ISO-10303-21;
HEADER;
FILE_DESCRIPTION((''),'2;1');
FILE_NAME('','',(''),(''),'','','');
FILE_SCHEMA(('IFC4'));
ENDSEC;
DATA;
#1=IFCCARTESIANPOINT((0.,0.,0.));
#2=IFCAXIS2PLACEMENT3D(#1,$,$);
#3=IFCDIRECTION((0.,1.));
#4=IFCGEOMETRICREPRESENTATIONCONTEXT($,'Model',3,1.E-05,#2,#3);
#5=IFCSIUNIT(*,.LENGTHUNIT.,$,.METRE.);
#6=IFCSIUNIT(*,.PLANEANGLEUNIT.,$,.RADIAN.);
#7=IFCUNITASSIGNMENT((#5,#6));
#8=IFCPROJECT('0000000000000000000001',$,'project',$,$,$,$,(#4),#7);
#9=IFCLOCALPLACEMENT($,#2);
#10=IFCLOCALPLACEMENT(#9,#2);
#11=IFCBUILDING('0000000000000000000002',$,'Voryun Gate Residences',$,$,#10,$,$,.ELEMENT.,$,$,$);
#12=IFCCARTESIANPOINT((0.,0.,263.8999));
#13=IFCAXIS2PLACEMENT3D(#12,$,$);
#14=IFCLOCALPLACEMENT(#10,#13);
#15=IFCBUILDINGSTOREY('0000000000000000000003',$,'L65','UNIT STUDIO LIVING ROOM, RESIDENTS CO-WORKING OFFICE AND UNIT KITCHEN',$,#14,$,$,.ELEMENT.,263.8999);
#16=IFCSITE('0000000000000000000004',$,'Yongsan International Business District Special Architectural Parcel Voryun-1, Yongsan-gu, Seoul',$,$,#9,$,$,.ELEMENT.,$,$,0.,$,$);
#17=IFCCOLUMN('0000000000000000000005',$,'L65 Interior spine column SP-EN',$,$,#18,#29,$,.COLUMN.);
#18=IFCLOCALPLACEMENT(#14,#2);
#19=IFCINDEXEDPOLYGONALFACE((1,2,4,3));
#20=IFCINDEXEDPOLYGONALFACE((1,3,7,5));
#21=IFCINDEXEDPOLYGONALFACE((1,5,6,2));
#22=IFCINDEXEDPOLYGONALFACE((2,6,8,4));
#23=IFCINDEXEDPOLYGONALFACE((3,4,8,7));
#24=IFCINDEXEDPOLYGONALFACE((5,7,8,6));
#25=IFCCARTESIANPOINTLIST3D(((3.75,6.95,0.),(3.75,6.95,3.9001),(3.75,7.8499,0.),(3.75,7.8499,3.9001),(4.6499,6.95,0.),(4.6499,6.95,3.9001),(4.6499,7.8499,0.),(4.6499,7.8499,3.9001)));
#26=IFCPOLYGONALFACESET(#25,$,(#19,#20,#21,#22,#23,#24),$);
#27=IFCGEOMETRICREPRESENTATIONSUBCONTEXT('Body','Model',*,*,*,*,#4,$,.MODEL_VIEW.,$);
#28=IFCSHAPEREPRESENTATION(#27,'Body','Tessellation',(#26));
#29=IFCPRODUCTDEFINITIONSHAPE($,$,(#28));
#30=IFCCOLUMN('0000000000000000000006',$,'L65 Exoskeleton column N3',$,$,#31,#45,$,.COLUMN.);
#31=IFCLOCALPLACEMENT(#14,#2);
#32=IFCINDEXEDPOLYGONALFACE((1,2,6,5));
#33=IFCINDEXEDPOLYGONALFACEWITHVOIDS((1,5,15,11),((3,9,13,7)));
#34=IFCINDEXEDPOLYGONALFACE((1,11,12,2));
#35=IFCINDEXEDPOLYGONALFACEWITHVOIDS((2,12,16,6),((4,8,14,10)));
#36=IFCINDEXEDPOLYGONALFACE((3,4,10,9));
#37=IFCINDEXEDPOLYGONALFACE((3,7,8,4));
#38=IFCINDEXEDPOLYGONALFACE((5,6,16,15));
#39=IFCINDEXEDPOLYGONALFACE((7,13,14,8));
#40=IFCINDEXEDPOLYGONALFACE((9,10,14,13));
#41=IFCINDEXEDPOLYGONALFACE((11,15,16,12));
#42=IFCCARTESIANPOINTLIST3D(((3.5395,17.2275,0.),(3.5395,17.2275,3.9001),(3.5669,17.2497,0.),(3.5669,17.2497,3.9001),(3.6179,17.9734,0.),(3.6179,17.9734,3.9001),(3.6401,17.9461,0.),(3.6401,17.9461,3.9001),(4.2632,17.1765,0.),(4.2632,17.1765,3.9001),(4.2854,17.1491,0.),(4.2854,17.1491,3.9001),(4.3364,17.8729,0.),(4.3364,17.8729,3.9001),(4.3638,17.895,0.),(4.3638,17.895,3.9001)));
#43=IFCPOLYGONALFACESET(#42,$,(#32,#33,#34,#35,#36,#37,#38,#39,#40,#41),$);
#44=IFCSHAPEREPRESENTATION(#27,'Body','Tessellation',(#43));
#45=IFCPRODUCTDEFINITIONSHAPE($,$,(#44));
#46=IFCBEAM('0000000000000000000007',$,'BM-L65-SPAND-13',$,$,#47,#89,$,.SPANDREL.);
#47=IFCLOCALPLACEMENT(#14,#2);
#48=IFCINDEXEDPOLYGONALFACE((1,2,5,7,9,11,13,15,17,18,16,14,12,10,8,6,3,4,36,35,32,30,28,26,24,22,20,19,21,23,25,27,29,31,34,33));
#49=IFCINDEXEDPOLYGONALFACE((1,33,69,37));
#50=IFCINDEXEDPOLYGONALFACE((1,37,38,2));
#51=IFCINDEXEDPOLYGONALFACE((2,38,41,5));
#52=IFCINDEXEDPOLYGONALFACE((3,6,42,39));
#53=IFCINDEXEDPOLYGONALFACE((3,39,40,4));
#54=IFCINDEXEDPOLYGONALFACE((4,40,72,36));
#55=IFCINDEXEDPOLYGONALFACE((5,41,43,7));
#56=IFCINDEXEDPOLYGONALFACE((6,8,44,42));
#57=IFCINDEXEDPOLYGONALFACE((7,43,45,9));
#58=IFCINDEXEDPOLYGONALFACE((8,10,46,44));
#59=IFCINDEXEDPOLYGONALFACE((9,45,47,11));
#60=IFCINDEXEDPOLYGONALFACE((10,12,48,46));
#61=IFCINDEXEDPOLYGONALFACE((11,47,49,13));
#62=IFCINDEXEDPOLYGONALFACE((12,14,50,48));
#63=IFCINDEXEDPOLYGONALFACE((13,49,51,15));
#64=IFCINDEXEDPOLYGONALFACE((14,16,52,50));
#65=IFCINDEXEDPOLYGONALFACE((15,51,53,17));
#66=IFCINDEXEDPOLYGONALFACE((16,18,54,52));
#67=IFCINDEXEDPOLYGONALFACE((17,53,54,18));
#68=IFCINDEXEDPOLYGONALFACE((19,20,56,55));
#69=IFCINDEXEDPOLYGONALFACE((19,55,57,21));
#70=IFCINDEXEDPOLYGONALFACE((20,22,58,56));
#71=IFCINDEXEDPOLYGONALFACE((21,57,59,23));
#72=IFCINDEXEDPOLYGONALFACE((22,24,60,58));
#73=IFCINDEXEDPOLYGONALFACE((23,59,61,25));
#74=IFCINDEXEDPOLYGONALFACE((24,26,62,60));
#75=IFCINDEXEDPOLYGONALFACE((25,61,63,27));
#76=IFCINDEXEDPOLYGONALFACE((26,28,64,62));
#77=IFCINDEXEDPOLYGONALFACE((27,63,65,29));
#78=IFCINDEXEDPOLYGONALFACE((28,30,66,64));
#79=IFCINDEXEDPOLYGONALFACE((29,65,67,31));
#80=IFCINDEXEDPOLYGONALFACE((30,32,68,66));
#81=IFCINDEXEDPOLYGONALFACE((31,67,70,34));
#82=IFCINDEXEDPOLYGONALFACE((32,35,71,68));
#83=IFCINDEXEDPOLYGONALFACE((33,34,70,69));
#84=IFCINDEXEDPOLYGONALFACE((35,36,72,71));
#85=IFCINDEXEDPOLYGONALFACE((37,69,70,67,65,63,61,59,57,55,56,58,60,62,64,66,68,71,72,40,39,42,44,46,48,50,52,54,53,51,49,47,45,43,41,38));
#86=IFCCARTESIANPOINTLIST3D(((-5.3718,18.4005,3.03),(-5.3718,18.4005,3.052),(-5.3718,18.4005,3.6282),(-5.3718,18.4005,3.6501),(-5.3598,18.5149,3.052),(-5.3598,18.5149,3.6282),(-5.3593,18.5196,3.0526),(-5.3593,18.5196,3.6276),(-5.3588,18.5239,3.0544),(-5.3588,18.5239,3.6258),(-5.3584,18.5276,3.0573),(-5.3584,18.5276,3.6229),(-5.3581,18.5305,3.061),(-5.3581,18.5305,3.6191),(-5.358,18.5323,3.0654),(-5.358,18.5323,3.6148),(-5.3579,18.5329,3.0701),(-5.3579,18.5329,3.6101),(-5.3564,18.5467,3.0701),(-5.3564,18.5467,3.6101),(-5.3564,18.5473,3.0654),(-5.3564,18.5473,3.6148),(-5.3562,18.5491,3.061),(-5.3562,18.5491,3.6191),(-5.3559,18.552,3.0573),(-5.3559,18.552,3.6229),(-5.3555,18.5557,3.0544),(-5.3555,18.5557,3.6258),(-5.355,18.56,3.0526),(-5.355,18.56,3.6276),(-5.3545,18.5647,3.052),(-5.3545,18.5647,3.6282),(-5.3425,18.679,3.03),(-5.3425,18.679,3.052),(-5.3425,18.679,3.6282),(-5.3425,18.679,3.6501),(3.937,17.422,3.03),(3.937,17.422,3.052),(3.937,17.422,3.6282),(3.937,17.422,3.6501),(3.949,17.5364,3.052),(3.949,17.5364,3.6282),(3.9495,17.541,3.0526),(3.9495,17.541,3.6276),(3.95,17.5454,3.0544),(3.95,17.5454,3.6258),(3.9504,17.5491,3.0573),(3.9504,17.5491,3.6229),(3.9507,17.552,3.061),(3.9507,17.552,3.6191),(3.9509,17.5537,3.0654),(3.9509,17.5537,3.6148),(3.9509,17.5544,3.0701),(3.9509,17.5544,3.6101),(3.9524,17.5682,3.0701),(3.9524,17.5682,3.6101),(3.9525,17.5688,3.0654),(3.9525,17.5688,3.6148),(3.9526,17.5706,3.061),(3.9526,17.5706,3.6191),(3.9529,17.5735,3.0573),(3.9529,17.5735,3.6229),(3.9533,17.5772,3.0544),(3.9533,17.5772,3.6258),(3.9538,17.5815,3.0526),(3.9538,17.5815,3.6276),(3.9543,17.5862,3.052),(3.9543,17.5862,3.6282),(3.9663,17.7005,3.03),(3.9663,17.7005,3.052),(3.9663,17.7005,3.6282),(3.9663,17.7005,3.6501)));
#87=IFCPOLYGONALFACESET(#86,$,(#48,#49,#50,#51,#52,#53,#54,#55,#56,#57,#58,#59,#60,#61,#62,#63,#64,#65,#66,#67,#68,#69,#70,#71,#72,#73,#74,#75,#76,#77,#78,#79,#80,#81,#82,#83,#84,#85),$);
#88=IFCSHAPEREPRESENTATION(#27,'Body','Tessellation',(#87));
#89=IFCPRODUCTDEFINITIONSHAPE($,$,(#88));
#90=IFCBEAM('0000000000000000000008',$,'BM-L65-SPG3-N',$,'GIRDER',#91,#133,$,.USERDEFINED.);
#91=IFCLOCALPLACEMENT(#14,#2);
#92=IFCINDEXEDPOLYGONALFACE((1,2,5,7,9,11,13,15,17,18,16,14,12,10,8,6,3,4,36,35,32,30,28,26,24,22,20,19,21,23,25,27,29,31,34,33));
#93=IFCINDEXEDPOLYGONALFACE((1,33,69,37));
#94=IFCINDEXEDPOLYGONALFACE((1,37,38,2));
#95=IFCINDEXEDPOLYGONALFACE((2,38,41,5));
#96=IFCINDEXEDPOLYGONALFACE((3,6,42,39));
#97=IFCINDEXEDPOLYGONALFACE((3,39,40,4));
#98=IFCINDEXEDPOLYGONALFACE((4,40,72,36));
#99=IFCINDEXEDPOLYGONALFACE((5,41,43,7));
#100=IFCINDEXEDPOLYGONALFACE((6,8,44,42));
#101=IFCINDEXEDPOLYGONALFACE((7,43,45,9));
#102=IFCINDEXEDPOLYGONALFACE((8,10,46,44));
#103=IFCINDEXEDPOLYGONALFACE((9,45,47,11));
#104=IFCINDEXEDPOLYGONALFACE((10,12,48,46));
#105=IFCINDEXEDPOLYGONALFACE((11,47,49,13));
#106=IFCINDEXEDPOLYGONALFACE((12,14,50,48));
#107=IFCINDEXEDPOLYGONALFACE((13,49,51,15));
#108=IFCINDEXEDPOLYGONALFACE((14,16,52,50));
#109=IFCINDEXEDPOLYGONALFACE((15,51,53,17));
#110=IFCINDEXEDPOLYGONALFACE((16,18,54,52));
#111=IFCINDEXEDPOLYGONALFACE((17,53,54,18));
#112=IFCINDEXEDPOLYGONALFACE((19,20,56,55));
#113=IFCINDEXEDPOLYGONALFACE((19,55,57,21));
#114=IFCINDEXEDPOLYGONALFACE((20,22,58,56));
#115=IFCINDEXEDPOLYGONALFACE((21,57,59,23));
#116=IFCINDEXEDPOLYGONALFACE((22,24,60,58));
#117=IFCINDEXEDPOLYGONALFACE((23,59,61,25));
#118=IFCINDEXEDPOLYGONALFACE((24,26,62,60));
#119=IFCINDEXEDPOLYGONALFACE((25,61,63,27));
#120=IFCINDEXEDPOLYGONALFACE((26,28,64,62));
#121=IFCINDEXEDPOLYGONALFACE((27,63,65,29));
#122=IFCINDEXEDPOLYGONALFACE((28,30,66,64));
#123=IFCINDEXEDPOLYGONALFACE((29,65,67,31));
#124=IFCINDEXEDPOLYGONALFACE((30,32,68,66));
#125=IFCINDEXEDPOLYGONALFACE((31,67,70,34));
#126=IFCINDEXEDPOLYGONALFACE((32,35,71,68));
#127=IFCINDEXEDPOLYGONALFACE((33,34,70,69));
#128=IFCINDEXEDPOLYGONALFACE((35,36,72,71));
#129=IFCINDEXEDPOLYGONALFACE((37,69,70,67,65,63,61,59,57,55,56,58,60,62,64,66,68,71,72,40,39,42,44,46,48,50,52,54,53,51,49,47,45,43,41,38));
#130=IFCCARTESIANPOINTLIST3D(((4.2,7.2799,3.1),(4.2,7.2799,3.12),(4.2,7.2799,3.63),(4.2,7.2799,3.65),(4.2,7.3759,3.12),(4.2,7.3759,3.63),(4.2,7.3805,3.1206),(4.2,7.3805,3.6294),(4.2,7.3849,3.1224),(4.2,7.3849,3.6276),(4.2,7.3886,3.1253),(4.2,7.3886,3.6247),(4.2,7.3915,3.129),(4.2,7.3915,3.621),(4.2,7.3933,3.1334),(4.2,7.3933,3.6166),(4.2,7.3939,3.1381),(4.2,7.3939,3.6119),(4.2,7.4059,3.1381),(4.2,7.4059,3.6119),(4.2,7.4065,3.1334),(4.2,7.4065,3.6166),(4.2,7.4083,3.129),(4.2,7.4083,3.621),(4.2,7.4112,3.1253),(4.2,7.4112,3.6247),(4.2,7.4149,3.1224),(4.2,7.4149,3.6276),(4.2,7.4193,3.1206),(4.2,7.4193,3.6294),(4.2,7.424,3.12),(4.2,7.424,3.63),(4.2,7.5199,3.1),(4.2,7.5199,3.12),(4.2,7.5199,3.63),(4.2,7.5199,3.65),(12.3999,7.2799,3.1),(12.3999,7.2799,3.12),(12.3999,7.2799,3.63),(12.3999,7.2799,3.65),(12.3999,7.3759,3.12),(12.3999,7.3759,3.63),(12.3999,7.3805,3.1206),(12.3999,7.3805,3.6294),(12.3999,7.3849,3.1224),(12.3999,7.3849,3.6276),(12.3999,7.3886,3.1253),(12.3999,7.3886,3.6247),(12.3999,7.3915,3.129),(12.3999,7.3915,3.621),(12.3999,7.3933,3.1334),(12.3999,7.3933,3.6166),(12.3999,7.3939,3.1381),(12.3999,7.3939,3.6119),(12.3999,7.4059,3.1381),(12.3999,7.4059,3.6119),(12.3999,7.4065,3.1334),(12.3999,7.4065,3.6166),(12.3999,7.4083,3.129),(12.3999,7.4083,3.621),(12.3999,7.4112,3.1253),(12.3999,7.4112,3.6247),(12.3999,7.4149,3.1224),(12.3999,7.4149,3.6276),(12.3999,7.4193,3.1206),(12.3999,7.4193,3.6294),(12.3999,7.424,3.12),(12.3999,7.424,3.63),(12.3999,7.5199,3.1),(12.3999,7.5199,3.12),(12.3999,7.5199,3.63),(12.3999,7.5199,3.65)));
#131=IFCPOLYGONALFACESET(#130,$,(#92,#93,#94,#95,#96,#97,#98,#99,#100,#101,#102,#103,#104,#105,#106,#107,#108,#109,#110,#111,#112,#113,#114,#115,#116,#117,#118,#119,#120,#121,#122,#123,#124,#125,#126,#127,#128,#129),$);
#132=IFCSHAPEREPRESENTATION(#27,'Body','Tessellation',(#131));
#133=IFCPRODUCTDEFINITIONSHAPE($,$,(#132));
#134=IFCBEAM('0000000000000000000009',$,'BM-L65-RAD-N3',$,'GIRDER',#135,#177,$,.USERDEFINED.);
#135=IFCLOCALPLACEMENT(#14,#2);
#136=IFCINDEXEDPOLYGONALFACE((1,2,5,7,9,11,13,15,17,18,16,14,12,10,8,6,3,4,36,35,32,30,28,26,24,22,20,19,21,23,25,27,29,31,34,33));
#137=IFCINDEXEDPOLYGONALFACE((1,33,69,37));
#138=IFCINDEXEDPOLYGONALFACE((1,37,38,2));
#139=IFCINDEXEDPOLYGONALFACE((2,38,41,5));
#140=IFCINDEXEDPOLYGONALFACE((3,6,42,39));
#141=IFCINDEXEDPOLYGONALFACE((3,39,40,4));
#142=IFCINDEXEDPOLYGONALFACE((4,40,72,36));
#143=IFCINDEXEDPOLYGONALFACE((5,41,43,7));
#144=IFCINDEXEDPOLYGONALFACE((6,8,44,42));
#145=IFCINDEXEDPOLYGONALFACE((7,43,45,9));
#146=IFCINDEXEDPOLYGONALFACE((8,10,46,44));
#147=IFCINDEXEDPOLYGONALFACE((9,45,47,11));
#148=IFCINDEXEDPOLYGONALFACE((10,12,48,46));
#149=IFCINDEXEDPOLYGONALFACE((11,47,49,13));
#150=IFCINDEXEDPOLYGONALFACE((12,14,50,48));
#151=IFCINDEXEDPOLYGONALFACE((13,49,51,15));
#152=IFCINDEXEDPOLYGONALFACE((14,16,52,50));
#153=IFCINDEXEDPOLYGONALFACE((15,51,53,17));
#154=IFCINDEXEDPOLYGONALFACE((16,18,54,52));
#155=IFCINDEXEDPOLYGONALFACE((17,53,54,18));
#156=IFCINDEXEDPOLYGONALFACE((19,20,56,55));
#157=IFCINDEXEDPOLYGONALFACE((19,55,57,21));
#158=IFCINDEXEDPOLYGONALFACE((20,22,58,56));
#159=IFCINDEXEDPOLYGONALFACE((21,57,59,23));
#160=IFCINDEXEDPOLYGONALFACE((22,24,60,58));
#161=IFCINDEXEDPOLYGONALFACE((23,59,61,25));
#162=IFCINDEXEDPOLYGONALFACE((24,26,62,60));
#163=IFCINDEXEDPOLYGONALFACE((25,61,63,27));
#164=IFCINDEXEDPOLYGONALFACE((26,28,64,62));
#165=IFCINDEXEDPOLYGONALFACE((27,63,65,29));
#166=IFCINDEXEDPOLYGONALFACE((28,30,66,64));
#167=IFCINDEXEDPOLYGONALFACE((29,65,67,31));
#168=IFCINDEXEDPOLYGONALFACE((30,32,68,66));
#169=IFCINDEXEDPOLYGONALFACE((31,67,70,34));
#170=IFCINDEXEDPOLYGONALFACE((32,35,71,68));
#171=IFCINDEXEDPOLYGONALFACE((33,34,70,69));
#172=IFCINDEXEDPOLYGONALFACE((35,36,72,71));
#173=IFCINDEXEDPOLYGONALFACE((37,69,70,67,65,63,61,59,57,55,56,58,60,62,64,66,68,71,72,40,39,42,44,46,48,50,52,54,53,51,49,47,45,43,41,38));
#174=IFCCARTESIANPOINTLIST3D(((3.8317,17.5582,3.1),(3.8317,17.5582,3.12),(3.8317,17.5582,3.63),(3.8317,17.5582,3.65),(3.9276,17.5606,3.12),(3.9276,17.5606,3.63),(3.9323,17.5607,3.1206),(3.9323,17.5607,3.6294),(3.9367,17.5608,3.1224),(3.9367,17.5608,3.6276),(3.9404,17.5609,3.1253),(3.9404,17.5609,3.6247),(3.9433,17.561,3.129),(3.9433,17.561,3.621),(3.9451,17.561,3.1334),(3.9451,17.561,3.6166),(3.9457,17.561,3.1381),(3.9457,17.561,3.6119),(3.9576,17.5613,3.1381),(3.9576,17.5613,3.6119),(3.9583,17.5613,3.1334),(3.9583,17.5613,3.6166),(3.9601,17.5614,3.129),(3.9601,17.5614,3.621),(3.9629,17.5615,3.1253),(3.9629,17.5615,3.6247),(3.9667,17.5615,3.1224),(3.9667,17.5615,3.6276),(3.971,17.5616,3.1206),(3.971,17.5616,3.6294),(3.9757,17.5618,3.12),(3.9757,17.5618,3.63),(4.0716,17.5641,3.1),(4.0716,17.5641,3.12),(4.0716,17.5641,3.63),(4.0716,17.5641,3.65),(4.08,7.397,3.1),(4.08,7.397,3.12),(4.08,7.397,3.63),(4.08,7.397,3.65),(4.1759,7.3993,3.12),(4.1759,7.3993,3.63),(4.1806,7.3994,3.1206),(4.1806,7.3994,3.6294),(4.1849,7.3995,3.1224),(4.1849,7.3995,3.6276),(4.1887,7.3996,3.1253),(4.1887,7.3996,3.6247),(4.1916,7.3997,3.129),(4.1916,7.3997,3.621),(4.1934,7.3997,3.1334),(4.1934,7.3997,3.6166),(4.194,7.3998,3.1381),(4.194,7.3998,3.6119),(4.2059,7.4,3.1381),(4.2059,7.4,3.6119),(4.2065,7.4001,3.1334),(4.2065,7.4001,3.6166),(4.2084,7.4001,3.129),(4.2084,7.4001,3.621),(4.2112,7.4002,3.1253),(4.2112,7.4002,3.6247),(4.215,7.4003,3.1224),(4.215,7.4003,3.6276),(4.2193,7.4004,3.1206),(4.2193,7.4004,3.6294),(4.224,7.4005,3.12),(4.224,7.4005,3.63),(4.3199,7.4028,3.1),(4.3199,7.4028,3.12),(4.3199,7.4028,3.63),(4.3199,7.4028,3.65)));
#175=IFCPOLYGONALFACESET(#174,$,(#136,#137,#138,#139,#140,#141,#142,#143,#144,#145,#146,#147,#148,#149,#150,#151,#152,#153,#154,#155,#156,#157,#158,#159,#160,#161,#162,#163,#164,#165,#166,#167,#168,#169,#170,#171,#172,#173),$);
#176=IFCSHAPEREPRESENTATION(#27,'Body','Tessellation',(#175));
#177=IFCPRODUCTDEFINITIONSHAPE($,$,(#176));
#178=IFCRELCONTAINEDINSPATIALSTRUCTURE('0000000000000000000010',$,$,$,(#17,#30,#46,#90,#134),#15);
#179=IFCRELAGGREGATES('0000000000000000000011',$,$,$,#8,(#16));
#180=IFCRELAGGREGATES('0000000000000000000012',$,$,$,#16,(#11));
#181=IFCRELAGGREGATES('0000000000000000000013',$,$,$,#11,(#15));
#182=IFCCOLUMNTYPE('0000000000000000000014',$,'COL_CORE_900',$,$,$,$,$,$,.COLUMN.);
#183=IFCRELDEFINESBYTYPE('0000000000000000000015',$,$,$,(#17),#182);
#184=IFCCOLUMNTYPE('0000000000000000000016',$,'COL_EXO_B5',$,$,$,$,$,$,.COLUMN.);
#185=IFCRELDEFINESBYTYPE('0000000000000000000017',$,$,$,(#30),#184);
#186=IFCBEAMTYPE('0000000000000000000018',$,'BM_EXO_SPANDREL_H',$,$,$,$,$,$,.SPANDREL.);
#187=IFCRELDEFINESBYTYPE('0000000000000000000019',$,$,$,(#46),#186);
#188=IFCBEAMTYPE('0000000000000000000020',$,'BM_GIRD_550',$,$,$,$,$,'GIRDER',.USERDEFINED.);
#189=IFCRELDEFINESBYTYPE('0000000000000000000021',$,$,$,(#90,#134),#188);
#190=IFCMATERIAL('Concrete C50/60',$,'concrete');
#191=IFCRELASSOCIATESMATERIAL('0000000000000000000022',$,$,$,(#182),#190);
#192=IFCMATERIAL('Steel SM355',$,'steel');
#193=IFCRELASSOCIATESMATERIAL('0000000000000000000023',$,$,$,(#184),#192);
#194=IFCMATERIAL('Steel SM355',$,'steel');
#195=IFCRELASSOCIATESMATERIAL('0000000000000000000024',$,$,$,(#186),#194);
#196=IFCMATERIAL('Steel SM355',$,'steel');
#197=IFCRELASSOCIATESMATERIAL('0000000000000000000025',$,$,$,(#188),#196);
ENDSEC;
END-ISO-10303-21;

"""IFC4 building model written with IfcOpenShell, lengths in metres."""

from ifc_helpers import new_model, si_unit, direction, frame, origin, origin_2d, place, context, subcontext, project, spatial, rectangle, hollow_rectangle, i_section, extrude, material, material_profile, profile_set, type_object, element, save


model = new_model("IFC4")

# Units and contexts
model_context = context("Model", 3, precision=1e-05, world=origin(), true_north=direction((0.0, 1.0)))
body_context = subcontext(model_context, "Body", "Model", "MODEL_VIEW")
ifc_project = project(units=[si_unit("LENGTHUNIT", "METRE"), si_unit("PLANEANGLEUNIT", "RADIAN")], contexts=[model_context])

# Site, building, storey
site_placement = place(None, origin())
site = spatial("IfcSite", under=ifc_project, at=site_placement, Name="Yongsan International Business District Special Architectural Parcel Voryun-1, Yongsan-gu, Seoul", CompositionType="ELEMENT", RefElevation=0.0)
building_placement = place(site_placement, origin())
building = spatial("IfcBuilding", under=site, at=building_placement, Name="Voryun Gate Residences", CompositionType="ELEMENT")
storey_placement = place(building_placement, frame((0.0, 0.0, 263.8999)))
storey = spatial("IfcBuildingStorey", under=building, at=storey_placement, Name="L65", Description="UNIT STUDIO LIVING ROOM, RESIDENTS CO-WORKING OFFICE AND UNIT KITCHEN", CompositionType="ELEMENT", Elevation=263.8999)

# Columns
ifc_material_1 = material(Name="Concrete C50/60", Category="concrete")
ifc_material_profile_1 = material_profile(ifc_material_1, rectangle(XDim=0.8999, YDim=0.8999, at=origin_2d()), Name="RC-900x900")
ifc_profile_set_1 = profile_set([ifc_material_profile_1], Name="Concrete C50/60")
column_type_1 = type_object("IfcColumnType", Name="COL_CORE_900", PredefinedType="COLUMN", material=ifc_profile_set_1)
column_1_placement = place(storey_placement, frame((4.2, 7.3999, 0.0), z_axis=(0.0, 0.0, 1.0), x_axis=(1.0, 0.0, 0.0)))
element("IfcColumn", 1, at=column_1_placement, inside=storey, type_object=column_type_1, Name="L65 Interior spine column SP-EN", PredefinedType="COLUMN", context=body_context, shape_type="SweptSolid", body=[
    extrude(rectangle(XDim=0.8999, YDim=0.8999, at=origin_2d()), origin(), (0.0, 0.0, 1.0), 3.9001),
])
ifc_material_2 = material(Name="Steel SM355", Category="steel")
ifc_material_profile_2 = material_profile(ifc_material_2, hollow_rectangle(XDim=0.75, YDim=0.75, WallThickness=0.0249, at=origin_2d()), Name="BOX-750x750x25")
ifc_profile_set_2 = profile_set([ifc_material_profile_2], Name="Steel SM355")
column_type_2 = type_object("IfcColumnType", Name="COL_EXO_B5", PredefinedType="COLUMN", material=ifc_profile_set_2)
column_2_placement = place(storey_placement, frame((3.9517, 17.5613, 0.0), z_axis=(0.0, 0.0, 1.0), x_axis=(0.994522, -0.104528, 0.0)))
element("IfcColumn", 2, at=column_2_placement, inside=storey, type_object=column_type_2, Name="L65 Exoskeleton column N3", PredefinedType="COLUMN", context=body_context, shape_type="SweptSolid", body=[
    extrude(hollow_rectangle(XDim=0.75, YDim=0.75, WallThickness=0.0249, at=origin_2d()), origin(), (0.0, 0.0, 1.0), 3.9001),
])

# Beams
ifc_material_3 = material(Name="Steel SM355", Category="steel")
ifc_material_profile_3 = material_profile(ifc_material_3, i_section(OverallWidth=0.28, OverallDepth=0.6201, WebThickness=0.0139, FlangeThickness=0.022, FilletRadius=0.0181, at=origin_2d()), Name="H-620x280x14x22")
ifc_profile_set_3 = profile_set([ifc_material_profile_3], Name="Steel SM355")
beam_type_1 = type_object("IfcBeamType", Name="BM_EXO_SPANDREL_H", PredefinedType="SPANDREL", material=ifc_profile_set_3)
beam_1_placement = place(storey_placement, frame((3.9517, 17.5613, 3.3401), z_axis=(-0.994521, 0.104541, 0.0), x_axis=(-0.104541, -0.994521, 0.0)))
element("IfcBeam", 3, at=beam_1_placement, inside=storey, type_object=beam_type_1, Name="BM-L65-SPAND-13", PredefinedType="SPANDREL", context=body_context, shape_type="SweptSolid", body=[
    extrude(i_section(OverallWidth=0.28, OverallDepth=0.6201, WebThickness=0.0139, FlangeThickness=0.022, FilletRadius=0.0181, at=origin_2d()), origin(), (0.0, 0.0, 1.0), 9.3601),
])
ifc_material_4 = material(Name="Steel SM355", Category="steel")
ifc_material_profile_4 = material_profile(ifc_material_4, i_section(OverallWidth=0.24, OverallDepth=0.55, WebThickness=0.012, FlangeThickness=0.02, FilletRadius=0.0181, at=origin_2d()), Name="H-550x240x12x20")
ifc_profile_set_4 = profile_set([ifc_material_profile_4], Name="Steel SM355")
beam_type_2 = type_object("IfcBeamType", Name="BM_GIRD_550", ElementType="GIRDER", PredefinedType="USERDEFINED", material=ifc_profile_set_4)
beam_2_placement = place(storey_placement, frame((4.2, 7.3999, 3.375), z_axis=(1.0, 0.0, 0.0), x_axis=(0.0, 1.0, 0.0)))
element("IfcBeam", 4, at=beam_2_placement, inside=storey, type_object=beam_type_2, Name="BM-L65-SPG3-N", ObjectType="GIRDER", PredefinedType="USERDEFINED", context=body_context, shape_type="SweptSolid", body=[
    extrude(i_section(OverallWidth=0.24, OverallDepth=0.55, WebThickness=0.012, FlangeThickness=0.02, FilletRadius=0.0181, at=origin_2d()), origin(), (0.0, 0.0, 1.0), 8.2),
])
beam_3_placement = place(storey_placement, frame((4.2, 7.3999, 3.375), z_axis=(-0.024427, 0.999702, 0.0), x_axis=(-0.999702, -0.024427, 0.0)))
element("IfcBeam", 5, at=beam_3_placement, inside=storey, type_object=beam_type_2, Name="BM-L65-RAD-N3", ObjectType="GIRDER", PredefinedType="USERDEFINED", context=body_context, shape_type="SweptSolid", body=[
    extrude(i_section(OverallWidth=0.24, OverallDepth=0.55, WebThickness=0.012, FlangeThickness=0.02, FilletRadius=0.0181, at=origin_2d()), origin(), (0.0, 0.0, 1.0), 10.1643),
])

save(model, "model.ifc")
